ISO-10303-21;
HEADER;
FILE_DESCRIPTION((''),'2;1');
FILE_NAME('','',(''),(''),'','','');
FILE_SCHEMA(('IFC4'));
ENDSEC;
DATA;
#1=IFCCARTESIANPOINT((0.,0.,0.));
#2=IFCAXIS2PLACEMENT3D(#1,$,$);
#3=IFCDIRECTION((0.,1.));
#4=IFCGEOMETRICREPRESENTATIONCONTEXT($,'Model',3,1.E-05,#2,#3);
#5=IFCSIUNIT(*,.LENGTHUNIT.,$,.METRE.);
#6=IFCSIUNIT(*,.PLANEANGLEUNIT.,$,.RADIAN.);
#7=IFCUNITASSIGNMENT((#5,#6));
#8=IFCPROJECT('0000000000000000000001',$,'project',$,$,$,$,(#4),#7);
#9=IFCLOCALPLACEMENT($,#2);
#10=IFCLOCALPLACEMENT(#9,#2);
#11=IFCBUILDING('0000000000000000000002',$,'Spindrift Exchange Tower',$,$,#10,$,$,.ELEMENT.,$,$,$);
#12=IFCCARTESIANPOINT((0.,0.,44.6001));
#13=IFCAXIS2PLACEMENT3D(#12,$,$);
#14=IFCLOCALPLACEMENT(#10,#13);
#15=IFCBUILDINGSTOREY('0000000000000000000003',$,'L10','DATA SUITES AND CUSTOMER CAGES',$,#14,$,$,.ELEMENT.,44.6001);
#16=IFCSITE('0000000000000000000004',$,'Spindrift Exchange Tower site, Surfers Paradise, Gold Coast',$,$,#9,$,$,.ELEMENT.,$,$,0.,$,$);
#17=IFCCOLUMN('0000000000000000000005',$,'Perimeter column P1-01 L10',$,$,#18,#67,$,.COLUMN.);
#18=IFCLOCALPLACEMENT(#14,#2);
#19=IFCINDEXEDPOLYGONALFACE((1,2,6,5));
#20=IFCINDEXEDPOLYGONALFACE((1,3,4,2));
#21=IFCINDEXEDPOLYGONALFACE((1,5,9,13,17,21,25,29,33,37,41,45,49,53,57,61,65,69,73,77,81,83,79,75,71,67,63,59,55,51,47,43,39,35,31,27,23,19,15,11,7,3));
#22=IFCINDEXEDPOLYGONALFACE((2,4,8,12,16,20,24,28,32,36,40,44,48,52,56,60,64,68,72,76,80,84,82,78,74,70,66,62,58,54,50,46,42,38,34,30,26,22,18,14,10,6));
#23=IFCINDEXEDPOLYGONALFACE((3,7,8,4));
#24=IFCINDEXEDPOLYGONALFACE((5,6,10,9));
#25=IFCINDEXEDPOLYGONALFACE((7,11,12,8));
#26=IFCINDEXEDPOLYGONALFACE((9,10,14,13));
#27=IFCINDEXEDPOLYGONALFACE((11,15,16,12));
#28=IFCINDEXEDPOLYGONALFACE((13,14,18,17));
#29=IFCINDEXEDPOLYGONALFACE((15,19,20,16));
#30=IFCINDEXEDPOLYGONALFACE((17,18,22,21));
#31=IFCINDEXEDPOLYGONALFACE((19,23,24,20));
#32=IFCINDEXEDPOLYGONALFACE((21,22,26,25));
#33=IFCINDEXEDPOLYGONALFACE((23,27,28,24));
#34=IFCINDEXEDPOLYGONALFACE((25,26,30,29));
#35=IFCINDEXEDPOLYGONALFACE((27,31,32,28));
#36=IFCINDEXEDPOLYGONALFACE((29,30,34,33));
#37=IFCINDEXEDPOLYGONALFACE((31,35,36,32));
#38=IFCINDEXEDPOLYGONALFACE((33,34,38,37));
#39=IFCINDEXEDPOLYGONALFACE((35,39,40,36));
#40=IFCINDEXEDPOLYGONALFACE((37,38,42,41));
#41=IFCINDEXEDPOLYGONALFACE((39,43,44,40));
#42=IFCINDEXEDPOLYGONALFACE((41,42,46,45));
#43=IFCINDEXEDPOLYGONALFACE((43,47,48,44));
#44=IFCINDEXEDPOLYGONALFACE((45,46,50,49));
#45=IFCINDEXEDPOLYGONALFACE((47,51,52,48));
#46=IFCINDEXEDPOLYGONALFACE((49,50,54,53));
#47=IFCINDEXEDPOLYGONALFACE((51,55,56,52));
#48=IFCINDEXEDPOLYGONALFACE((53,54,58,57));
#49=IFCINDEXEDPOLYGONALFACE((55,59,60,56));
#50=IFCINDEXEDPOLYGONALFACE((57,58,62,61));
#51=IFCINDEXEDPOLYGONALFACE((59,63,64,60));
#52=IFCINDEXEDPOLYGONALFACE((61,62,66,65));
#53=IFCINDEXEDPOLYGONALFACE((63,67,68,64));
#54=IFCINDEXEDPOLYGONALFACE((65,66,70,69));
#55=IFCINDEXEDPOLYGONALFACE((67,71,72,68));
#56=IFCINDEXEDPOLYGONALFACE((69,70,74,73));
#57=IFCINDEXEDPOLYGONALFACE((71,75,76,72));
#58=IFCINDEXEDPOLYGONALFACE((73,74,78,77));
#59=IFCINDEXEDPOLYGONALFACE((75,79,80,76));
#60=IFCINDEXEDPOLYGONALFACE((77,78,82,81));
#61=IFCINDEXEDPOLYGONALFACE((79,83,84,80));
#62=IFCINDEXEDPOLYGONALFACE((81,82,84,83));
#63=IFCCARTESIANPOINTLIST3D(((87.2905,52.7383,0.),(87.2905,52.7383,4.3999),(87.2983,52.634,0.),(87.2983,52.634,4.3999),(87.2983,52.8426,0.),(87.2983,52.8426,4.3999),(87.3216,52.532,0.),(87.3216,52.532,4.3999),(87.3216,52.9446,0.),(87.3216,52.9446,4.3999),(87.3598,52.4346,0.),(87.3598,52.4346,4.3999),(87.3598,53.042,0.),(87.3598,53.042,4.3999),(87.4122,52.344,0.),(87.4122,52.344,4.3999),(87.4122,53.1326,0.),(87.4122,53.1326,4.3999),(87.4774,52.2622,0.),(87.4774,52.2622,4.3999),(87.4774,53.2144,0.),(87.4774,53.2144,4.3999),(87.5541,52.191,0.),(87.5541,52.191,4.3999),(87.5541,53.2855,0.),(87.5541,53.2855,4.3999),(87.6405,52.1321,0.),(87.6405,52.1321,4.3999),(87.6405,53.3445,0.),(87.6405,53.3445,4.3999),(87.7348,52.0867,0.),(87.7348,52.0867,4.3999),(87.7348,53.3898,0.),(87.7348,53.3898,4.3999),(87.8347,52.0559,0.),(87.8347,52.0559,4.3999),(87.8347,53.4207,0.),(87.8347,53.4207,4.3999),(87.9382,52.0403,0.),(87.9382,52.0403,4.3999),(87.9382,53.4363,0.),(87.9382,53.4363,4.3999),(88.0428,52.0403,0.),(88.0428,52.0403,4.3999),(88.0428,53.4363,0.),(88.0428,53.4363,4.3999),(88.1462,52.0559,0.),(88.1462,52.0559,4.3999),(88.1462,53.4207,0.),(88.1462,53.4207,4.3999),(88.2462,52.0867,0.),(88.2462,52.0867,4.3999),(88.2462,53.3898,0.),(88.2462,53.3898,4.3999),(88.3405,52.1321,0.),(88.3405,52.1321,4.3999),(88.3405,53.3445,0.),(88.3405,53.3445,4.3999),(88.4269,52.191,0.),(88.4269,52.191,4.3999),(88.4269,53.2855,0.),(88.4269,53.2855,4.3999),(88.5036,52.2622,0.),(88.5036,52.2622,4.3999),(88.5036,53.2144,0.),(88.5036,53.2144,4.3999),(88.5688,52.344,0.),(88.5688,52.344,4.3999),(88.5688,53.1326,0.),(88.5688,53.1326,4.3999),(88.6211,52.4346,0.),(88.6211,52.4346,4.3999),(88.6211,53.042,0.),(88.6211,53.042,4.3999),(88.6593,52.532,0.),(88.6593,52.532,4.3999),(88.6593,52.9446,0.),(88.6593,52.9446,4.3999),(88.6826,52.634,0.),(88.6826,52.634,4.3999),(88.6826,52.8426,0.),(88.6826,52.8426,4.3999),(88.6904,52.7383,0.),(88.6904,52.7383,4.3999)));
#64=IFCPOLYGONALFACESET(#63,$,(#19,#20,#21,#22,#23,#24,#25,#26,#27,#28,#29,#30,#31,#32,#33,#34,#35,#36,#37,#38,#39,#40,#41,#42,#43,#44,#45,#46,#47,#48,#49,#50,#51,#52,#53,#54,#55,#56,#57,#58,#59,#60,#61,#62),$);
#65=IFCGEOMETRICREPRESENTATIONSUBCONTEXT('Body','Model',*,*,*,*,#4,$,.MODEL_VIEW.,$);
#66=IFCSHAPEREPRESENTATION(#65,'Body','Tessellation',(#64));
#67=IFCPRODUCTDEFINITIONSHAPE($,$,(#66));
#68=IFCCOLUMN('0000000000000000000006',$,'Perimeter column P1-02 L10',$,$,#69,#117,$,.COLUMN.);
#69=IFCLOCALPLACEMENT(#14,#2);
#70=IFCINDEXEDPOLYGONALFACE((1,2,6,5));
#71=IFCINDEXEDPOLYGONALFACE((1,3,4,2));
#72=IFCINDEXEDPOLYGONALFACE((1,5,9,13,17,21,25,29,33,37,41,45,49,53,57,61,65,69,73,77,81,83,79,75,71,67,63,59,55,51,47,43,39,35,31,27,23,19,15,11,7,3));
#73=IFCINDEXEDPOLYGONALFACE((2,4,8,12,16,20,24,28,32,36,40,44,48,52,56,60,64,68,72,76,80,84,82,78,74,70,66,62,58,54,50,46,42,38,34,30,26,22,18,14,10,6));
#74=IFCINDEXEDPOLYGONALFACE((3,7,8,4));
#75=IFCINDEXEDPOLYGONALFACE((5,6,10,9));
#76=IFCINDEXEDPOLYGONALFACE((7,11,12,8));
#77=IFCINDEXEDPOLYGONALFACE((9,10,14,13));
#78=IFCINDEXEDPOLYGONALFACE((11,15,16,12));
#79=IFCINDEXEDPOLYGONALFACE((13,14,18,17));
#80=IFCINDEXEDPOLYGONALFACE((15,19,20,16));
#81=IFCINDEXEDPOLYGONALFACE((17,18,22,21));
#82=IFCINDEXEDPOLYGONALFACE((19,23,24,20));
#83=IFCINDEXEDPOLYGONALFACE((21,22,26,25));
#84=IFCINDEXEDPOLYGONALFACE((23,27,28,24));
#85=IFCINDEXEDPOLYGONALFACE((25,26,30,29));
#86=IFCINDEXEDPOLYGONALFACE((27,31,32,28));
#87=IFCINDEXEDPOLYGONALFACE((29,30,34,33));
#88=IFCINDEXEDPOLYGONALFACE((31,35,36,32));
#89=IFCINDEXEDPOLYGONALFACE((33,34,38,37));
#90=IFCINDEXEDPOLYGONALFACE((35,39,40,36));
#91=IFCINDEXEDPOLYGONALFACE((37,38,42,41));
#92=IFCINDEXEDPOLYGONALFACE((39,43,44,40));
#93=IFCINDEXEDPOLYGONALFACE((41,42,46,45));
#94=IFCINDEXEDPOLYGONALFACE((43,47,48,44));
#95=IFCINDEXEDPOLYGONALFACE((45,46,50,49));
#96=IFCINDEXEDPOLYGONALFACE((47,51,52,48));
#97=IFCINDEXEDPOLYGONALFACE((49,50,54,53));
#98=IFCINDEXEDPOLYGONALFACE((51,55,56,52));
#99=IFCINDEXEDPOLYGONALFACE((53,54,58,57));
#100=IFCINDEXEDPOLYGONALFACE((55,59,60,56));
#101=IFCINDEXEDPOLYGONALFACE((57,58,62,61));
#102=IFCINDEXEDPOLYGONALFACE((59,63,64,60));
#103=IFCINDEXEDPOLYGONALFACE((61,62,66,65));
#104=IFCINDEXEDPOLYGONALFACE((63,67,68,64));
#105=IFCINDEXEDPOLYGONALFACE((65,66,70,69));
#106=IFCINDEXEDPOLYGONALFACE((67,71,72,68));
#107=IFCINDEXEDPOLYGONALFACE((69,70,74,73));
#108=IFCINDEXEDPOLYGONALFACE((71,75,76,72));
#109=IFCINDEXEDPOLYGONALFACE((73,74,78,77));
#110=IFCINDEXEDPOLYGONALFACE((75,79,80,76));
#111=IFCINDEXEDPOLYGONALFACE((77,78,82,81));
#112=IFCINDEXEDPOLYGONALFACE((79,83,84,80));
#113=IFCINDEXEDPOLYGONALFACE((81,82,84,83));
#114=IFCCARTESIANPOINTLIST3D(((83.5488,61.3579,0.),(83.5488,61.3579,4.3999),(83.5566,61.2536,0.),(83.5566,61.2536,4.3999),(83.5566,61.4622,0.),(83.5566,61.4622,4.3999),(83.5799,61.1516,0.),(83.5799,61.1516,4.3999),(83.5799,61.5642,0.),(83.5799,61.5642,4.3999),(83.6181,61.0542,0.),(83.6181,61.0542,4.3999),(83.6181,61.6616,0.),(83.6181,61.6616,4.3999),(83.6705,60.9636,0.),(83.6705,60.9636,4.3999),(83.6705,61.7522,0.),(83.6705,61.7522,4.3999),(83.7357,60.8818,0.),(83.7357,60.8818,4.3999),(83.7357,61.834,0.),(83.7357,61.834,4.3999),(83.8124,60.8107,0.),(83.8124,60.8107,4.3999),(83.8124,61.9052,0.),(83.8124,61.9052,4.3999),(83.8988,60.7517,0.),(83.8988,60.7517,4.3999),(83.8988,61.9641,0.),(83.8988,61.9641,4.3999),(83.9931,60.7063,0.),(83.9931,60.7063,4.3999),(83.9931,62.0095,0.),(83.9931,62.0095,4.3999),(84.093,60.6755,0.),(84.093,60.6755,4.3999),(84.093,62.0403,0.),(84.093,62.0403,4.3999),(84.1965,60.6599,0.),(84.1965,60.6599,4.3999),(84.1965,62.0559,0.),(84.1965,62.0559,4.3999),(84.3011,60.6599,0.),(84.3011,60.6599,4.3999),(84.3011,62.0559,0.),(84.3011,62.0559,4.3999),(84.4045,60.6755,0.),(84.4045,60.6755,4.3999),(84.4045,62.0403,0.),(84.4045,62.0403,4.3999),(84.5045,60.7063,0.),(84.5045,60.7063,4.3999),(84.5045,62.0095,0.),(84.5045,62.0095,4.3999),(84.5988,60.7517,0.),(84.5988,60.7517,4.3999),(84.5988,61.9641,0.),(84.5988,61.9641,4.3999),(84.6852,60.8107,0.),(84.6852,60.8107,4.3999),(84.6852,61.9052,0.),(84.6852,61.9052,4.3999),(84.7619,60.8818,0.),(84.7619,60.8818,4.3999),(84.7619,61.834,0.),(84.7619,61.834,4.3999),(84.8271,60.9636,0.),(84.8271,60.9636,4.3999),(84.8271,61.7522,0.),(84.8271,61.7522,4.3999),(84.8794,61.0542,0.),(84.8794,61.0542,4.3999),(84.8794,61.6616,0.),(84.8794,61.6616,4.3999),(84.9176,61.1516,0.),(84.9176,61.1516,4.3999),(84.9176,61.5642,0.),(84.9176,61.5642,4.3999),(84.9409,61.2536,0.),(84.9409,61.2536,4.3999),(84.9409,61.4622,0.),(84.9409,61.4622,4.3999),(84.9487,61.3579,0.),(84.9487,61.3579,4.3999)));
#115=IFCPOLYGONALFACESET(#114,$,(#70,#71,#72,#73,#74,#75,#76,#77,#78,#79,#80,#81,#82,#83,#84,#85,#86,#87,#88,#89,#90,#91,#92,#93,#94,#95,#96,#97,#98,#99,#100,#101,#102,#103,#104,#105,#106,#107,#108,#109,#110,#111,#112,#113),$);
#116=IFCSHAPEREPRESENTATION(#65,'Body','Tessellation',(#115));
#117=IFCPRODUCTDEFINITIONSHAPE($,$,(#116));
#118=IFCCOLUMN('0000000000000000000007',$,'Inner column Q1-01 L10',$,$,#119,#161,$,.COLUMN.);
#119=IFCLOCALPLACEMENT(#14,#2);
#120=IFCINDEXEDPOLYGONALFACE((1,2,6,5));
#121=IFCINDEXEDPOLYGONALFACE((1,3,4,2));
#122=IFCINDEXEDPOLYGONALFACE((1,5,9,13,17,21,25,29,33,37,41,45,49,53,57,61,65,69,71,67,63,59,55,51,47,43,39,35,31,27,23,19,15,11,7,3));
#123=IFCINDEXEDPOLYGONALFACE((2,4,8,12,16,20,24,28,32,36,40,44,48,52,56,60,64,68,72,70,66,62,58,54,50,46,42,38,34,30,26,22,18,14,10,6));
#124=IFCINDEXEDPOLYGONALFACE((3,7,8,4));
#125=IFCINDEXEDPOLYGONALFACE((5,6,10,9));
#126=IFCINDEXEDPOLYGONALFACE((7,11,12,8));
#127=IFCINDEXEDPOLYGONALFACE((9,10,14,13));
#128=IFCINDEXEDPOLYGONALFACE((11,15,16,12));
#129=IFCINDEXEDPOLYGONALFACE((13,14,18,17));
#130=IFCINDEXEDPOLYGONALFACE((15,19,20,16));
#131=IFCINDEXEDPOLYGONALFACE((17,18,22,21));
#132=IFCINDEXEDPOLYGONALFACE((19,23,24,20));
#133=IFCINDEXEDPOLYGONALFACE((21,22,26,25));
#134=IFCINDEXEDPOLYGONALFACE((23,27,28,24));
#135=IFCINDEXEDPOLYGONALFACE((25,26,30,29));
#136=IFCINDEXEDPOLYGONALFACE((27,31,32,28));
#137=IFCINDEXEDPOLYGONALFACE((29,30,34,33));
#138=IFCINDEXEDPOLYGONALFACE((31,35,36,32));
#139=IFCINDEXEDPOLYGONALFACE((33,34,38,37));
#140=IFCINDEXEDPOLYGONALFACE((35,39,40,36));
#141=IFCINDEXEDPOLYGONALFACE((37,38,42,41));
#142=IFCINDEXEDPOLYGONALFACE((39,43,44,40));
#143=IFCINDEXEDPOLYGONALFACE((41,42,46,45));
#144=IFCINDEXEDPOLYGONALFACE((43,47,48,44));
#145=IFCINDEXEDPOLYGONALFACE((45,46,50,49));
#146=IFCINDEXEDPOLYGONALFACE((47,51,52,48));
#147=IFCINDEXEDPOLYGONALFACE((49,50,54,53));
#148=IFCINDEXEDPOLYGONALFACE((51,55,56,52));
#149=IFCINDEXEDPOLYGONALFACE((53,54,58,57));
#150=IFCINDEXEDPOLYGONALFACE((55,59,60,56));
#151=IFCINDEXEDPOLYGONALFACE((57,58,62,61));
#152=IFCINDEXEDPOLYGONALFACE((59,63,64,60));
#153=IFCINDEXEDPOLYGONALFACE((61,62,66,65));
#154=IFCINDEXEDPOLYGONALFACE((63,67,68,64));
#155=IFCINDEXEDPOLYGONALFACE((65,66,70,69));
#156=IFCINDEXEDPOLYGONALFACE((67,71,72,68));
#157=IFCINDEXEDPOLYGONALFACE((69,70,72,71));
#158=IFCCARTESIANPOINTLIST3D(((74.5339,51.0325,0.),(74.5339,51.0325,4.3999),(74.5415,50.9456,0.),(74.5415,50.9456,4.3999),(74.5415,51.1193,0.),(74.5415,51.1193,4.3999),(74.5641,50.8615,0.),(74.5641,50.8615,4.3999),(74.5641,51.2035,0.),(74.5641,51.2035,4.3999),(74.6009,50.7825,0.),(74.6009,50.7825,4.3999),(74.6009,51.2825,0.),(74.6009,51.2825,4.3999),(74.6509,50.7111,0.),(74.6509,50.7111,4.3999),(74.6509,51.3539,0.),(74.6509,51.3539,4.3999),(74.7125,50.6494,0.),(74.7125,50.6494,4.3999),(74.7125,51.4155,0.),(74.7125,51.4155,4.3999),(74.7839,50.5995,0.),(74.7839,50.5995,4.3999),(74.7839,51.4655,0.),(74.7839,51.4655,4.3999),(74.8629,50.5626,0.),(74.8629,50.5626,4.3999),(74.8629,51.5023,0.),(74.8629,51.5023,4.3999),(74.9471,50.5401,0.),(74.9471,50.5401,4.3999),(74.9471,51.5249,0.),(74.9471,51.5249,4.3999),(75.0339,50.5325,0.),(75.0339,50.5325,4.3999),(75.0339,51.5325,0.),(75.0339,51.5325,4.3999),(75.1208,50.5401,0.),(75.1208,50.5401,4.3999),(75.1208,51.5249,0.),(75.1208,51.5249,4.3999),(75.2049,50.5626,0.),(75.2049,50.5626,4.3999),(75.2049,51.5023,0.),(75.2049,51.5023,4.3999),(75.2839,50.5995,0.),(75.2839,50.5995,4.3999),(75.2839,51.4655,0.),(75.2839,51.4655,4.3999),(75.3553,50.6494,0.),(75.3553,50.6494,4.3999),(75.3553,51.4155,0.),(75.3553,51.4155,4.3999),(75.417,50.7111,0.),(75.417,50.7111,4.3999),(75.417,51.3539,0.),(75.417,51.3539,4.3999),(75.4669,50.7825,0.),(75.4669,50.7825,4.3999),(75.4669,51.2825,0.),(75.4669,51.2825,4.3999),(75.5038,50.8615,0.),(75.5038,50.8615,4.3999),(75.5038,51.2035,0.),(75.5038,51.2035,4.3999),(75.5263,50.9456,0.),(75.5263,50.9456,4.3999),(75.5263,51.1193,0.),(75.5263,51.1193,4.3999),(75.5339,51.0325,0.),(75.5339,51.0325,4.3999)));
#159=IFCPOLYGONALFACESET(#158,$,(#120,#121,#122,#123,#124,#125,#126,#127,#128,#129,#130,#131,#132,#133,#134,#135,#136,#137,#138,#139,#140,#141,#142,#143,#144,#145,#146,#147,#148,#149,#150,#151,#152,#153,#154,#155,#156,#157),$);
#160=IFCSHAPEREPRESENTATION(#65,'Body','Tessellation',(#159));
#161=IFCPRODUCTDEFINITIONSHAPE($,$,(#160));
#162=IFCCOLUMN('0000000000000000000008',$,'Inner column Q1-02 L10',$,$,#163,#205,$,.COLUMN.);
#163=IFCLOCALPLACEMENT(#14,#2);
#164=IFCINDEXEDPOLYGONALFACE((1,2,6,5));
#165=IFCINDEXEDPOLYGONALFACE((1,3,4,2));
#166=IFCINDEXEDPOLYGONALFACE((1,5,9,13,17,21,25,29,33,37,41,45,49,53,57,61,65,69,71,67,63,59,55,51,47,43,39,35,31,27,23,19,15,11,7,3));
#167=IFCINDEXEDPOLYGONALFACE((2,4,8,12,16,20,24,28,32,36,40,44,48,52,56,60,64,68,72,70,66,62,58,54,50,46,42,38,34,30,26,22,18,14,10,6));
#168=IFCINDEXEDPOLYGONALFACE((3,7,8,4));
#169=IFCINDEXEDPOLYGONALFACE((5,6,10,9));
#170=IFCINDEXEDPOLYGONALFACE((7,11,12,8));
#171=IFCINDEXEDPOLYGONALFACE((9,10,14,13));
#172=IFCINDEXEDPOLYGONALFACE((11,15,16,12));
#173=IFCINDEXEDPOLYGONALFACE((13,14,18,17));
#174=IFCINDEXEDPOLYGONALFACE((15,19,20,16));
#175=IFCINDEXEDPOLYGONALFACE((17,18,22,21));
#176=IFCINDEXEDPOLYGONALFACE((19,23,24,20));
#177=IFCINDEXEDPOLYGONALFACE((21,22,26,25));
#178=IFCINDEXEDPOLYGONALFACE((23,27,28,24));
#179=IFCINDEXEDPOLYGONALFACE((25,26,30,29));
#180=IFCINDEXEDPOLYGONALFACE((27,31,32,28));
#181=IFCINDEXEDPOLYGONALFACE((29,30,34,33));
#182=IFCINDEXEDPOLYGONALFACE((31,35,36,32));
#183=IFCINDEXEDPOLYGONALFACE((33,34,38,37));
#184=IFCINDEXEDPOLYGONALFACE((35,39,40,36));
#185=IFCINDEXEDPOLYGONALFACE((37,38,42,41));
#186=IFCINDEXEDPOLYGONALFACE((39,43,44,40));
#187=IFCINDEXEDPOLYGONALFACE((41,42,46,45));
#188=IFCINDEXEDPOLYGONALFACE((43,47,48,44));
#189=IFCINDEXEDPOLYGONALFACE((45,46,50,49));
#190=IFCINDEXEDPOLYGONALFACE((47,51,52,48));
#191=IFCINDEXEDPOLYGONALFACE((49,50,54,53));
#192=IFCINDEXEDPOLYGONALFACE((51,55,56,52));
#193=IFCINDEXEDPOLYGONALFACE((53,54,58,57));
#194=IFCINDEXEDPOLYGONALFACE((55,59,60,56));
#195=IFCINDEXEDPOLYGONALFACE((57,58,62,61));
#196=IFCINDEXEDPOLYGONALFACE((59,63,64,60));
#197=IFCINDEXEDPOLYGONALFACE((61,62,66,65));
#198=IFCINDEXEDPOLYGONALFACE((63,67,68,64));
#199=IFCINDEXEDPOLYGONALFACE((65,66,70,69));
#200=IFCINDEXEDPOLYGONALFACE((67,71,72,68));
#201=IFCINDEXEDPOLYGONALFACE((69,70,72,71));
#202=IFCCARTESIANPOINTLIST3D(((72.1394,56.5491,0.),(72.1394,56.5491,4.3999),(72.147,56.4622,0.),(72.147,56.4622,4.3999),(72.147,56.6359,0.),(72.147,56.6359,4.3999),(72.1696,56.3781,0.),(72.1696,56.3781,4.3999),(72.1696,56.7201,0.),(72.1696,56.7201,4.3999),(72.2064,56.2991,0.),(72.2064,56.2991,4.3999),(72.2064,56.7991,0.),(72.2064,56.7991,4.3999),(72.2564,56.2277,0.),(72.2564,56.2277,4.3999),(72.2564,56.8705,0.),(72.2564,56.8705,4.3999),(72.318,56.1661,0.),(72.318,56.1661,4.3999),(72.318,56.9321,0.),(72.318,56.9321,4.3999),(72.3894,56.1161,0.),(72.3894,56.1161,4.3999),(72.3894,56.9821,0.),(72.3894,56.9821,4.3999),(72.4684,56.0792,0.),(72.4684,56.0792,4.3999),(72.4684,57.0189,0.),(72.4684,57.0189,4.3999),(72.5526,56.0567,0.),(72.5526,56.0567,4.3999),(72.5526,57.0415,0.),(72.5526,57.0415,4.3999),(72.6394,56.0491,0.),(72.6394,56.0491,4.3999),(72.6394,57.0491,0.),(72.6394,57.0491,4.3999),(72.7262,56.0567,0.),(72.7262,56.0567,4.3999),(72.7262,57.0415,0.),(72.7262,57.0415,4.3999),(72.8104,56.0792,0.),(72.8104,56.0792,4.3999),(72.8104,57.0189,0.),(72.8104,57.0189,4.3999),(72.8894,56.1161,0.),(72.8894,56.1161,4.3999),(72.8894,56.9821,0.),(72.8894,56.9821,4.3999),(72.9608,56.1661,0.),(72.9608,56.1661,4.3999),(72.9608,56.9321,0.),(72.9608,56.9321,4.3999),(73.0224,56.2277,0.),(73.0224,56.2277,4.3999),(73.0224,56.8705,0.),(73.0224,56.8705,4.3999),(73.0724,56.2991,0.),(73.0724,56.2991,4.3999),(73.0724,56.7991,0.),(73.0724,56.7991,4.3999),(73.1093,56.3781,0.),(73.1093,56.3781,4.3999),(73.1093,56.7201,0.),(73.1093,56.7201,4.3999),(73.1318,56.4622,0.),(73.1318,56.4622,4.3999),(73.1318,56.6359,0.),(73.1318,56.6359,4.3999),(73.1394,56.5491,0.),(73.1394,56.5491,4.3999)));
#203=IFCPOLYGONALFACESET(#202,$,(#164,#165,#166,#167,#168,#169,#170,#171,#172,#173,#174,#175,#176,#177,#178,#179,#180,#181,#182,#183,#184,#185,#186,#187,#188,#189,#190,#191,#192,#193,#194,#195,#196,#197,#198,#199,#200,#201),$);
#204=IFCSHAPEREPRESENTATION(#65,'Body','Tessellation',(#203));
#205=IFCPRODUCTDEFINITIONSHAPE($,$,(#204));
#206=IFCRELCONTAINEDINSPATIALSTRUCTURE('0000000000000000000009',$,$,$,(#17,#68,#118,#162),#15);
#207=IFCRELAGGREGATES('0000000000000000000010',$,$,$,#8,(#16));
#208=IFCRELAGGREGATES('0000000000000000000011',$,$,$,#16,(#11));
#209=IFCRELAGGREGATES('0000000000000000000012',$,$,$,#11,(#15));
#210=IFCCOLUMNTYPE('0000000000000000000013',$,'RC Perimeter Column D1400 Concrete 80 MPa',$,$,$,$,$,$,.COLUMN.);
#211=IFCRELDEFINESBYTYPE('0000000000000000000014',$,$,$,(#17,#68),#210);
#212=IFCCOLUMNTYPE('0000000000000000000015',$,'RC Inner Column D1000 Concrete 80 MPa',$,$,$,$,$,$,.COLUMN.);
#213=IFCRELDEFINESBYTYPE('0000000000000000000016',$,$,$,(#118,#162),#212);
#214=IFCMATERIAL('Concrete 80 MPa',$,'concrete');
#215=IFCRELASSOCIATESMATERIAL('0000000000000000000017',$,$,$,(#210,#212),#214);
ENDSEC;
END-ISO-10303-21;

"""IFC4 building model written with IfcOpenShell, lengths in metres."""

from ifc_helpers import new_model, si_unit, direction, frame, origin, origin_2d, place, context, subcontext, project, spatial, circle, extrude, source, transform, mapped, material, material_profile, profile_set, type_object, element, save


model = new_model("IFC4")

# Units and contexts
model_context = context("Model", 3, precision=1e-05, world=origin(), true_north=direction((0.0, 1.0)))
body_context = subcontext(model_context, "Body", "Model", "MODEL_VIEW")
ifc_project = project(units=[si_unit("LENGTHUNIT", "METRE"), si_unit("PLANEANGLEUNIT", "RADIAN")], contexts=[model_context])

# Site, building, storey
site_placement = place(None, origin())
site = spatial("IfcSite", under=ifc_project, at=site_placement, Name="Spindrift Exchange Tower site, Surfers Paradise, Gold Coast", CompositionType="ELEMENT", RefElevation=0.0)
building_placement = place(site_placement, origin())
building = spatial("IfcBuilding", under=site, at=building_placement, Name="Spindrift Exchange Tower", CompositionType="ELEMENT")
storey_placement = place(building_placement, frame((0.0, 0.0, 44.6001)))
storey = spatial("IfcBuildingStorey", under=building, at=storey_placement, Name="L10", Description="DATA SUITES AND CUSTOMER CAGES", CompositionType="ELEMENT", Elevation=44.6001)

# Columns
ifc_material_1 = material(Name="Concrete 80 MPa", Category="concrete")
ifc_material_profile_1 = material_profile(ifc_material_1, circle(Radius=0.7, at=origin_2d()), Name="RC D1400")
ifc_profile_set_1 = profile_set([ifc_material_profile_1], Name="Concrete 80 MPa")
column_type_1 = type_object("IfcColumnType", Name="RC Perimeter Column D1400 Concrete 80 MPa", PredefinedType="COLUMN", material=ifc_profile_set_1)
shared_shape_1 = source(origin(), body_context, "Body", "SweptSolid", [
    extrude(circle(Radius=0.7, at=origin_2d()), origin(), (0.0, 0.0, 1.0), 4.3999),
])
for number, where, z_axis, x_axis, name in (
    (1, (87.9905, 52.7383, 0.0), (0.0, 0.0, 1.0), (1.0, 0.0, 0.0), "Perimeter column P1-01 L10"),
    (2, (84.2488, 61.3579, 0.0), (0.0, 0.0, 1.0), (1.0, 0.0, 0.0), "Perimeter column P1-02 L10"),
):
    element("IfcColumn", number, at=place(storey_placement, frame(where, z_axis=z_axis, x_axis=x_axis)), inside=storey, type_object=column_type_1, Name=name, PredefinedType="COLUMN", context=body_context, shape_type="MappedRepresentation", body=[
        mapped(shared_shape_1, transform((0.0, 0.0, 0.0), scale=1.0)),
    ])
ifc_material_profile_2 = material_profile(ifc_material_1, circle(Radius=0.5, at=origin_2d()), Name="RC D1000")
ifc_profile_set_2 = profile_set([ifc_material_profile_2], Name="Concrete 80 MPa")
column_type_2 = type_object("IfcColumnType", Name="RC Inner Column D1000 Concrete 80 MPa", PredefinedType="COLUMN", material=ifc_profile_set_2)
shared_shape_2 = source(origin(), body_context, "Body", "SweptSolid", [
    extrude(circle(Radius=0.5, at=origin_2d()), origin(), (0.0, 0.0, 1.0), 4.3999),
])
for number, where, z_axis, x_axis, name in (
    (3, (75.0339, 51.0325, 0.0), (0.0, 0.0, 1.0), (1.0, 0.0, 0.0), "Inner column Q1-01 L10"),
    (4, (72.6394, 56.5491, 0.0), (0.0, 0.0, 1.0), (1.0, 0.0, 0.0), "Inner column Q1-02 L10"),
):
    element("IfcColumn", number, at=place(storey_placement, frame(where, z_axis=z_axis, x_axis=x_axis)), inside=storey, type_object=column_type_2, Name=name, PredefinedType="COLUMN", context=body_context, shape_type="MappedRepresentation", body=[
        mapped(shared_shape_2, transform((0.0, 0.0, 0.0), scale=1.0)),
    ])

save(model, "model.ifc")
